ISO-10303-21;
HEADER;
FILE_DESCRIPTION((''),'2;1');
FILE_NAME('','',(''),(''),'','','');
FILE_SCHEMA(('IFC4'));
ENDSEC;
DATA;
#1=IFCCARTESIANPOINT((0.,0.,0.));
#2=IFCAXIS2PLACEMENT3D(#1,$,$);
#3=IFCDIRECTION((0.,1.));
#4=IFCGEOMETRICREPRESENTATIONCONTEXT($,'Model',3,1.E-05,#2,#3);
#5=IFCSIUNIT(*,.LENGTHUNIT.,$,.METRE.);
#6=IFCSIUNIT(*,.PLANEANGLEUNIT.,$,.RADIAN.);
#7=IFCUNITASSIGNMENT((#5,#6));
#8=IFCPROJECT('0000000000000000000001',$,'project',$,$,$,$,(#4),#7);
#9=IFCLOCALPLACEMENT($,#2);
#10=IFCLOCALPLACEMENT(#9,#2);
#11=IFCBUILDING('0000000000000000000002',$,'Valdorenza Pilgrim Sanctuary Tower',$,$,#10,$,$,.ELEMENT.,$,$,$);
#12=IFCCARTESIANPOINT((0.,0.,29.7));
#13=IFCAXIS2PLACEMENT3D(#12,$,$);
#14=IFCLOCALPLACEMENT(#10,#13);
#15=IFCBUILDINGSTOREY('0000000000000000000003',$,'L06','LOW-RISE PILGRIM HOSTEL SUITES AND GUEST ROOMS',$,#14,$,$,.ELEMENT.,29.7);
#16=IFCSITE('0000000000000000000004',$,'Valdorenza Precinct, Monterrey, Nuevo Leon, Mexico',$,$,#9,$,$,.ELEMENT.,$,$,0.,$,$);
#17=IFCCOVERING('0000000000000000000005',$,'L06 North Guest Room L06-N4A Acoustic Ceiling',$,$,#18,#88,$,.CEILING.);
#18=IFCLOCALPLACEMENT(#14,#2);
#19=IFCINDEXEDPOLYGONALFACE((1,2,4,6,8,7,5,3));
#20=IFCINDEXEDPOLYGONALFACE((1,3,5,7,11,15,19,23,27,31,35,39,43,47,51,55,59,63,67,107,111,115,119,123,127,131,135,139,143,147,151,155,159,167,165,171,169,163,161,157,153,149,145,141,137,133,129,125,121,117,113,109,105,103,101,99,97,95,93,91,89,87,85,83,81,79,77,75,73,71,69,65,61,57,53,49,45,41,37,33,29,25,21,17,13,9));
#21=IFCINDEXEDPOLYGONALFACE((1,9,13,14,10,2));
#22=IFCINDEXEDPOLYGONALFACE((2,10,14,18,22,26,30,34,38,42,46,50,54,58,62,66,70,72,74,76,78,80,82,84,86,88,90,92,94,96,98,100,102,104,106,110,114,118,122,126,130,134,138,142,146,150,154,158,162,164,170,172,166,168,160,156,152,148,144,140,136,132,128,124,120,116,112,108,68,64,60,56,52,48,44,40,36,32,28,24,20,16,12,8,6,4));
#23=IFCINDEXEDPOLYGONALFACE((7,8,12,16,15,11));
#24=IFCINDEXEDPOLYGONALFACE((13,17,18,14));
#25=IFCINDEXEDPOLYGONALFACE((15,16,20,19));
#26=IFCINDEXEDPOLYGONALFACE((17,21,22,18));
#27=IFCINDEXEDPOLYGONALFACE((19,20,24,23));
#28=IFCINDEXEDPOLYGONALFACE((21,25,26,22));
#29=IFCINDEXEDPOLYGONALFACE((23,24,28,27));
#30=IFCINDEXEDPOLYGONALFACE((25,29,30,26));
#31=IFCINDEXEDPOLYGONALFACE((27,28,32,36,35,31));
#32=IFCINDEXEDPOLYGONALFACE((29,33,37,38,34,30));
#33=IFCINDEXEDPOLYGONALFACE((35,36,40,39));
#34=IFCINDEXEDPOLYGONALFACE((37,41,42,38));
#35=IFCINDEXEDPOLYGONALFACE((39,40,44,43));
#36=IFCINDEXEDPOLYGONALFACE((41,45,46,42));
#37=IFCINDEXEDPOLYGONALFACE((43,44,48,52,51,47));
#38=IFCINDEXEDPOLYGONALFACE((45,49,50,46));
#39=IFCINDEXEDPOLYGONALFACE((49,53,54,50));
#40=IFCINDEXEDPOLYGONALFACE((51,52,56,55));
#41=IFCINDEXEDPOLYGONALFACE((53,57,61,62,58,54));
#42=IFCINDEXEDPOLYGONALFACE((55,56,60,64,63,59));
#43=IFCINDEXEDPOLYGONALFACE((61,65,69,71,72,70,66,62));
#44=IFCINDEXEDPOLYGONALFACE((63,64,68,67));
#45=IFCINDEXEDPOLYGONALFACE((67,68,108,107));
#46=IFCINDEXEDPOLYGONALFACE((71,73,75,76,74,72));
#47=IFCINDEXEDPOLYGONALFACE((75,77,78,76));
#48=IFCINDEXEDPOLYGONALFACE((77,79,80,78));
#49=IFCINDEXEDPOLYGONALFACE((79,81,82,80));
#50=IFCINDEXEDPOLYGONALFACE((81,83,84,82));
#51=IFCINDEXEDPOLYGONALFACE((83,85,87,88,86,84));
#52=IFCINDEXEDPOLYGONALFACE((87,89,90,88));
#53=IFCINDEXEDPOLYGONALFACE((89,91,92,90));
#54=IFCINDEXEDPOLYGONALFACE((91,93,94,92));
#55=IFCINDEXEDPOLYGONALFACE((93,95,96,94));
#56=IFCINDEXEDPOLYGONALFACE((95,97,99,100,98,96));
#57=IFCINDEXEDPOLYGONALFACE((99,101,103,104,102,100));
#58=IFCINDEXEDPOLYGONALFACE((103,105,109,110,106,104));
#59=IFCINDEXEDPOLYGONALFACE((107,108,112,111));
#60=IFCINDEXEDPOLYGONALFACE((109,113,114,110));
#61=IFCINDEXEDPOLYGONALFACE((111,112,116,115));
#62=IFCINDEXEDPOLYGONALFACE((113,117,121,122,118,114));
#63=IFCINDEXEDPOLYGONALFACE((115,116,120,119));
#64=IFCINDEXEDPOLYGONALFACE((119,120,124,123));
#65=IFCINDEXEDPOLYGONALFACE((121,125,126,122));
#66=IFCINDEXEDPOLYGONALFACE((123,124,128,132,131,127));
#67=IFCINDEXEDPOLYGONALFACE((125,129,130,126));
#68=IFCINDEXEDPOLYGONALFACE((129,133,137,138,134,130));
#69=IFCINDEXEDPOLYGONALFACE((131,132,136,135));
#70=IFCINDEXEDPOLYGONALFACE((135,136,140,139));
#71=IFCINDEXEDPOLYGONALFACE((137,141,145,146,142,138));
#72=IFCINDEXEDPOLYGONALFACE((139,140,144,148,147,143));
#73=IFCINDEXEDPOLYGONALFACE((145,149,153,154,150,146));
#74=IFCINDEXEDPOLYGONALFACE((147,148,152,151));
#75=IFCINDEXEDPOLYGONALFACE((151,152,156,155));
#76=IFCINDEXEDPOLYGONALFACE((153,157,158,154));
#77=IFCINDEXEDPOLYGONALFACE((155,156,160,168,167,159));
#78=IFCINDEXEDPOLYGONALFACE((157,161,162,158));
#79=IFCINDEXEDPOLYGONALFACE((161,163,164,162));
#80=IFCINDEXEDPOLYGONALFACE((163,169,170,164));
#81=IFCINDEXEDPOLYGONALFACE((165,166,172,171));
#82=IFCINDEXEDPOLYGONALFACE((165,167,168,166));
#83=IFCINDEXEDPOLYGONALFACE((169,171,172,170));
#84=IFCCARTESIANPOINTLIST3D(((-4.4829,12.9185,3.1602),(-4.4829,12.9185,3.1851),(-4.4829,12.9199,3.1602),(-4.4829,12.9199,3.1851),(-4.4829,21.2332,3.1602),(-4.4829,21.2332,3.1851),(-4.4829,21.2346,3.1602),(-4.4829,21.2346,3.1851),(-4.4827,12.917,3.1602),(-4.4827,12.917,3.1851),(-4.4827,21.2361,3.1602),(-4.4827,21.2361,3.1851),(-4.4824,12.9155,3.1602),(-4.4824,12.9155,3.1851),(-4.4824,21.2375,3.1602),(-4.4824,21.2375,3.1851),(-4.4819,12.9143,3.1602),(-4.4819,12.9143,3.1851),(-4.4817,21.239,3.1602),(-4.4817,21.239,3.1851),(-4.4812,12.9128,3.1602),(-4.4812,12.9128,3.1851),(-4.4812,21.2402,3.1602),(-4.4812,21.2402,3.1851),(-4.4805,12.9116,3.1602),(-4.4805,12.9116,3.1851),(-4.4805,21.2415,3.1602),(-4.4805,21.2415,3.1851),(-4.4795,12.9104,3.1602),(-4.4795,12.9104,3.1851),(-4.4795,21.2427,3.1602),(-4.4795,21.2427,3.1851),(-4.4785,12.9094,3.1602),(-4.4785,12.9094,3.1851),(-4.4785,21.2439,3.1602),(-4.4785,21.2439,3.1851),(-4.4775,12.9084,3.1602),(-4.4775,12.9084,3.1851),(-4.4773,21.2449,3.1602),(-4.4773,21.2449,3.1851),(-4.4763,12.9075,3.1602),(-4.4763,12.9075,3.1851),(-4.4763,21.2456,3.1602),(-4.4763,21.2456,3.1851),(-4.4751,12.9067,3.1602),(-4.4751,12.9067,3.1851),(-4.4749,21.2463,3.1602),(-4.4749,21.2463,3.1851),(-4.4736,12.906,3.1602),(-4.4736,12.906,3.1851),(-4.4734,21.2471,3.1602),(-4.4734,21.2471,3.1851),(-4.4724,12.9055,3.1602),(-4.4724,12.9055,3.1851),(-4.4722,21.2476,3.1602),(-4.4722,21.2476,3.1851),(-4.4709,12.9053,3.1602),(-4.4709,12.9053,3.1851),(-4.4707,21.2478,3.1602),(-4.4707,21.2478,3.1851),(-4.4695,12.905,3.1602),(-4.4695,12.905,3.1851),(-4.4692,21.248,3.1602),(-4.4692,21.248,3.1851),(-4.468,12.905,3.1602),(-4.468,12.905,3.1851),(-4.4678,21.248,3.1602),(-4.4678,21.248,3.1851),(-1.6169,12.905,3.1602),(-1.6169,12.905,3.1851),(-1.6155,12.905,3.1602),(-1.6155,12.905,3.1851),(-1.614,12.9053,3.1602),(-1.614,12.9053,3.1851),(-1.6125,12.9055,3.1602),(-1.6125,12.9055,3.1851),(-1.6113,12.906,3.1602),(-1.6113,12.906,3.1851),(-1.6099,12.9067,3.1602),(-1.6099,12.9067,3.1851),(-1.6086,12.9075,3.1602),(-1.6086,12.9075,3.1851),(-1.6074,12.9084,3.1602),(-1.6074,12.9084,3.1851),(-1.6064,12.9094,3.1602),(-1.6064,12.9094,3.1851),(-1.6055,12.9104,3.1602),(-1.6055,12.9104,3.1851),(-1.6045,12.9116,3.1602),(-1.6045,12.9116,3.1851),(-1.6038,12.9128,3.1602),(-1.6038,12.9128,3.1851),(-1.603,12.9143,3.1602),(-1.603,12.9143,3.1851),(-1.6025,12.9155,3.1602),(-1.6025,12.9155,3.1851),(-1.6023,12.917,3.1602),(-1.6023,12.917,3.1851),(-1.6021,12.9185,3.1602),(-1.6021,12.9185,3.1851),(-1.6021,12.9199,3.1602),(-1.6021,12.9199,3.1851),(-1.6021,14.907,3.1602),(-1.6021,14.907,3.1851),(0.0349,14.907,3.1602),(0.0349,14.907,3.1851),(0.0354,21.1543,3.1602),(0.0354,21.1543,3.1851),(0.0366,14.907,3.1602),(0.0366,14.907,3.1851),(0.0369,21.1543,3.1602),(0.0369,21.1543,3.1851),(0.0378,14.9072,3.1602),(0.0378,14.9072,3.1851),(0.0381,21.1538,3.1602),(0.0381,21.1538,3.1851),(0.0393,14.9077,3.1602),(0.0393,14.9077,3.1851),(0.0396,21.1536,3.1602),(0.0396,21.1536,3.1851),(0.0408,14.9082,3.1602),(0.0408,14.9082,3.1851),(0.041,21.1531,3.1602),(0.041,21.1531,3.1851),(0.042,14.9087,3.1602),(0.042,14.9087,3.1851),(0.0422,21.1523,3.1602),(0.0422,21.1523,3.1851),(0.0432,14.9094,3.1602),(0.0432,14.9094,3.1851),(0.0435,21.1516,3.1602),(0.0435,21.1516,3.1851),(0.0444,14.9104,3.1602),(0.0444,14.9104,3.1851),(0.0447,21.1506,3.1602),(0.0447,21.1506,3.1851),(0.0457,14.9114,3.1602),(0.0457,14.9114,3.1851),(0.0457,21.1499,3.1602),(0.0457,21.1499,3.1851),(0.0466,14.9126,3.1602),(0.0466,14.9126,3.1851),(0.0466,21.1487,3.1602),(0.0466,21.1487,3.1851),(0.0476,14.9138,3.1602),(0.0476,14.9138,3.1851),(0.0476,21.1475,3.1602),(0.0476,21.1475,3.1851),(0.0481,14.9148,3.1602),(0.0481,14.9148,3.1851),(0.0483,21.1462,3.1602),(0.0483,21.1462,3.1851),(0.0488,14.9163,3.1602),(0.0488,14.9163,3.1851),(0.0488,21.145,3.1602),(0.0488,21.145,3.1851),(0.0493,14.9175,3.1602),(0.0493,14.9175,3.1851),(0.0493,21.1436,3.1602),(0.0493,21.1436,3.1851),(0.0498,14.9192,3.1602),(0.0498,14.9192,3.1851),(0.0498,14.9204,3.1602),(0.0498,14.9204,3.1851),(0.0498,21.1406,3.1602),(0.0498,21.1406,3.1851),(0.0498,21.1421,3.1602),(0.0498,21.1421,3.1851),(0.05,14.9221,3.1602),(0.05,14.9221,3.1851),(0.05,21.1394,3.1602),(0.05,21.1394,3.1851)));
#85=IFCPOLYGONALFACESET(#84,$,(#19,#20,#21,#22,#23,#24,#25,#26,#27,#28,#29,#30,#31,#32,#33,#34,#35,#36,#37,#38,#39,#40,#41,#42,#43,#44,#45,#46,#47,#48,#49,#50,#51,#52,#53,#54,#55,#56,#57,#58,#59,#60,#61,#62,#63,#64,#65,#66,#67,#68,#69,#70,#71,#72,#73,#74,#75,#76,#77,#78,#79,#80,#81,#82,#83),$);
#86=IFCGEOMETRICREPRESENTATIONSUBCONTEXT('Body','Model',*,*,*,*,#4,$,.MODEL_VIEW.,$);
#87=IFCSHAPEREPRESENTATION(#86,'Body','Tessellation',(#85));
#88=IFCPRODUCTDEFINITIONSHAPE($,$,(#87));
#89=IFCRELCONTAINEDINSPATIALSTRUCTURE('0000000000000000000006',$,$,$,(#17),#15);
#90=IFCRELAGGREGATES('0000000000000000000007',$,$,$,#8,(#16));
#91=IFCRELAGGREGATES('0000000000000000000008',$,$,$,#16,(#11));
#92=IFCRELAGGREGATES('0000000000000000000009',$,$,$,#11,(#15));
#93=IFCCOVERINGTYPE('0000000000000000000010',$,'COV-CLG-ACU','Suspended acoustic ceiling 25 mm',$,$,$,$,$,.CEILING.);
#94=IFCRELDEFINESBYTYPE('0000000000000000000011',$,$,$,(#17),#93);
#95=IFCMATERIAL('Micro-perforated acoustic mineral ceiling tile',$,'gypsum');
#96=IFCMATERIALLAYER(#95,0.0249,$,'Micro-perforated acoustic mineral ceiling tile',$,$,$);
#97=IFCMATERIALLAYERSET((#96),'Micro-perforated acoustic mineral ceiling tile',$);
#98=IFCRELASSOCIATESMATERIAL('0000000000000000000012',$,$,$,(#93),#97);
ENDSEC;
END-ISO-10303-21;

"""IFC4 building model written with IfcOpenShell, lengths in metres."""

from ifc_helpers import new_model, si_unit, direction, frame, origin, place, context, subcontext, project, spatial, polyline, outline, extrude, material, layer, layer_set, type_object, element, save


model = new_model("IFC4")

# Units and contexts
model_context = context("Model", 3, precision=1e-05, world=origin(), true_north=direction((0.0, 1.0)))
body_context = subcontext(model_context, "Body", "Model", "MODEL_VIEW")
ifc_project = project(units=[si_unit("LENGTHUNIT", "METRE"), si_unit("PLANEANGLEUNIT", "RADIAN")], contexts=[model_context])

# Site, building, storey
site_placement = place(None, origin())
site = spatial("IfcSite", under=ifc_project, at=site_placement, Name="Valdorenza Precinct, Monterrey, Nuevo Leon, Mexico", CompositionType="ELEMENT", RefElevation=0.0)
building_placement = place(site_placement, origin())
building = spatial("IfcBuilding", under=site, at=building_placement, Name="Valdorenza Pilgrim Sanctuary Tower", CompositionType="ELEMENT")
storey_placement = place(building_placement, frame((0.0, 0.0, 29.7)))
storey = spatial("IfcBuildingStorey", under=building, at=storey_placement, Name="L06", Description="LOW-RISE PILGRIM HOSTEL SUITES AND GUEST ROOMS", CompositionType="ELEMENT", Elevation=29.7)

# Covering
ifc_material_1 = material(Name="Micro-perforated acoustic mineral ceiling tile", Category="gypsum")
ifc_layer_1 = layer(ifc_material_1, 0.0249, Name="Micro-perforated acoustic mineral ceiling tile")
ifc_layer_set_1 = layer_set([ifc_layer_1], Name="Micro-perforated acoustic mineral ceiling tile")
covering_type_1 = type_object("IfcCoveringType", Name="COV-CLG-ACU", Description="Suspended acoustic ceiling 25 mm", PredefinedType="CEILING", material=ifc_layer_set_1)
covering_1_placement = place(storey_placement, frame((0.0, 0.0, 3.1602)))
element("IfcCovering", 1, at=covering_1_placement, inside=storey, type_object=covering_type_1, Name="L06 North Guest Room L06-N4A Acoustic Ceiling", PredefinedType="CEILING", context=body_context, shape_type="SweptSolid", body=[
    extrude(outline(polyline([(-1.6021, 14.907), (-1.6021, 12.9199), (-1.6021, 12.9185), (-1.6023, 12.917), (-1.6025, 12.9155), (-1.603, 12.9143), (-1.6038, 12.9128), (-1.6045, 12.9116), (-1.6055, 12.9104), (-1.6064, 12.9094), (-1.6074, 12.9084), (-1.6086, 12.9075), (-1.6099, 12.9067), (-1.6113, 12.906), (-1.6125, 12.9055), (-1.614, 12.9053), (-1.6155, 12.905), (-1.6169, 12.905), (-4.468, 12.905), (-4.4695, 12.905), (-4.4709, 12.9053), (-4.4724, 12.9055), (-4.4736, 12.906), (-4.4751, 12.9067), (-4.4763, 12.9075), (-4.4775, 12.9084), (-4.4785, 12.9094), (-4.4795, 12.9104), (-4.4805, 12.9116), (-4.4812, 12.9128), (-4.4819, 12.9143), (-4.4824, 12.9155), (-4.4827, 12.917), (-4.4829, 12.9185), (-4.4829, 12.9199), (-4.4829, 21.2332), (-4.4829, 21.2346), (-4.4827, 21.2361), (-4.4824, 21.2375), (-4.4817, 21.239), (-4.4812, 21.2402), (-4.4805, 21.2415), (-4.4795, 21.2427), (-4.4785, 21.2439), (-4.4773, 21.2449), (-4.4763, 21.2456), (-4.4749, 21.2463), (-4.4734, 21.2471), (-4.4722, 21.2476), (-4.4707, 21.2478), (-4.4692, 21.248), (-4.4678, 21.248), (0.0354, 21.1543), (0.0369, 21.1543), (0.0381, 21.1538), (0.0396, 21.1536), (0.041, 21.1531), (0.0422, 21.1523), (0.0435, 21.1516), (0.0447, 21.1506), (0.0457, 21.1499), (0.0466, 21.1487), (0.0476, 21.1475), (0.0483, 21.1462), (0.0488, 21.145), (0.0493, 21.1436), (0.0498, 21.1421), (0.0498, 21.1406), (0.05, 21.1394), (0.05, 14.9221), (0.0498, 14.9204), (0.0498, 14.9192), (0.0493, 14.9175), (0.0488, 14.9163), (0.0481, 14.9148), (0.0476, 14.9138), (0.0466, 14.9126), (0.0457, 14.9114), (0.0444, 14.9104), (0.0432, 14.9094), (0.042, 14.9087), (0.0408, 14.9082), (0.0393, 14.9077), (0.0378, 14.9072), (0.0366, 14.907), (0.0349, 14.907), (-1.6021, 14.907)])), origin(), (0.0, 0.0, 1.0), 0.0249),
])

save(model, "model.ifc")
